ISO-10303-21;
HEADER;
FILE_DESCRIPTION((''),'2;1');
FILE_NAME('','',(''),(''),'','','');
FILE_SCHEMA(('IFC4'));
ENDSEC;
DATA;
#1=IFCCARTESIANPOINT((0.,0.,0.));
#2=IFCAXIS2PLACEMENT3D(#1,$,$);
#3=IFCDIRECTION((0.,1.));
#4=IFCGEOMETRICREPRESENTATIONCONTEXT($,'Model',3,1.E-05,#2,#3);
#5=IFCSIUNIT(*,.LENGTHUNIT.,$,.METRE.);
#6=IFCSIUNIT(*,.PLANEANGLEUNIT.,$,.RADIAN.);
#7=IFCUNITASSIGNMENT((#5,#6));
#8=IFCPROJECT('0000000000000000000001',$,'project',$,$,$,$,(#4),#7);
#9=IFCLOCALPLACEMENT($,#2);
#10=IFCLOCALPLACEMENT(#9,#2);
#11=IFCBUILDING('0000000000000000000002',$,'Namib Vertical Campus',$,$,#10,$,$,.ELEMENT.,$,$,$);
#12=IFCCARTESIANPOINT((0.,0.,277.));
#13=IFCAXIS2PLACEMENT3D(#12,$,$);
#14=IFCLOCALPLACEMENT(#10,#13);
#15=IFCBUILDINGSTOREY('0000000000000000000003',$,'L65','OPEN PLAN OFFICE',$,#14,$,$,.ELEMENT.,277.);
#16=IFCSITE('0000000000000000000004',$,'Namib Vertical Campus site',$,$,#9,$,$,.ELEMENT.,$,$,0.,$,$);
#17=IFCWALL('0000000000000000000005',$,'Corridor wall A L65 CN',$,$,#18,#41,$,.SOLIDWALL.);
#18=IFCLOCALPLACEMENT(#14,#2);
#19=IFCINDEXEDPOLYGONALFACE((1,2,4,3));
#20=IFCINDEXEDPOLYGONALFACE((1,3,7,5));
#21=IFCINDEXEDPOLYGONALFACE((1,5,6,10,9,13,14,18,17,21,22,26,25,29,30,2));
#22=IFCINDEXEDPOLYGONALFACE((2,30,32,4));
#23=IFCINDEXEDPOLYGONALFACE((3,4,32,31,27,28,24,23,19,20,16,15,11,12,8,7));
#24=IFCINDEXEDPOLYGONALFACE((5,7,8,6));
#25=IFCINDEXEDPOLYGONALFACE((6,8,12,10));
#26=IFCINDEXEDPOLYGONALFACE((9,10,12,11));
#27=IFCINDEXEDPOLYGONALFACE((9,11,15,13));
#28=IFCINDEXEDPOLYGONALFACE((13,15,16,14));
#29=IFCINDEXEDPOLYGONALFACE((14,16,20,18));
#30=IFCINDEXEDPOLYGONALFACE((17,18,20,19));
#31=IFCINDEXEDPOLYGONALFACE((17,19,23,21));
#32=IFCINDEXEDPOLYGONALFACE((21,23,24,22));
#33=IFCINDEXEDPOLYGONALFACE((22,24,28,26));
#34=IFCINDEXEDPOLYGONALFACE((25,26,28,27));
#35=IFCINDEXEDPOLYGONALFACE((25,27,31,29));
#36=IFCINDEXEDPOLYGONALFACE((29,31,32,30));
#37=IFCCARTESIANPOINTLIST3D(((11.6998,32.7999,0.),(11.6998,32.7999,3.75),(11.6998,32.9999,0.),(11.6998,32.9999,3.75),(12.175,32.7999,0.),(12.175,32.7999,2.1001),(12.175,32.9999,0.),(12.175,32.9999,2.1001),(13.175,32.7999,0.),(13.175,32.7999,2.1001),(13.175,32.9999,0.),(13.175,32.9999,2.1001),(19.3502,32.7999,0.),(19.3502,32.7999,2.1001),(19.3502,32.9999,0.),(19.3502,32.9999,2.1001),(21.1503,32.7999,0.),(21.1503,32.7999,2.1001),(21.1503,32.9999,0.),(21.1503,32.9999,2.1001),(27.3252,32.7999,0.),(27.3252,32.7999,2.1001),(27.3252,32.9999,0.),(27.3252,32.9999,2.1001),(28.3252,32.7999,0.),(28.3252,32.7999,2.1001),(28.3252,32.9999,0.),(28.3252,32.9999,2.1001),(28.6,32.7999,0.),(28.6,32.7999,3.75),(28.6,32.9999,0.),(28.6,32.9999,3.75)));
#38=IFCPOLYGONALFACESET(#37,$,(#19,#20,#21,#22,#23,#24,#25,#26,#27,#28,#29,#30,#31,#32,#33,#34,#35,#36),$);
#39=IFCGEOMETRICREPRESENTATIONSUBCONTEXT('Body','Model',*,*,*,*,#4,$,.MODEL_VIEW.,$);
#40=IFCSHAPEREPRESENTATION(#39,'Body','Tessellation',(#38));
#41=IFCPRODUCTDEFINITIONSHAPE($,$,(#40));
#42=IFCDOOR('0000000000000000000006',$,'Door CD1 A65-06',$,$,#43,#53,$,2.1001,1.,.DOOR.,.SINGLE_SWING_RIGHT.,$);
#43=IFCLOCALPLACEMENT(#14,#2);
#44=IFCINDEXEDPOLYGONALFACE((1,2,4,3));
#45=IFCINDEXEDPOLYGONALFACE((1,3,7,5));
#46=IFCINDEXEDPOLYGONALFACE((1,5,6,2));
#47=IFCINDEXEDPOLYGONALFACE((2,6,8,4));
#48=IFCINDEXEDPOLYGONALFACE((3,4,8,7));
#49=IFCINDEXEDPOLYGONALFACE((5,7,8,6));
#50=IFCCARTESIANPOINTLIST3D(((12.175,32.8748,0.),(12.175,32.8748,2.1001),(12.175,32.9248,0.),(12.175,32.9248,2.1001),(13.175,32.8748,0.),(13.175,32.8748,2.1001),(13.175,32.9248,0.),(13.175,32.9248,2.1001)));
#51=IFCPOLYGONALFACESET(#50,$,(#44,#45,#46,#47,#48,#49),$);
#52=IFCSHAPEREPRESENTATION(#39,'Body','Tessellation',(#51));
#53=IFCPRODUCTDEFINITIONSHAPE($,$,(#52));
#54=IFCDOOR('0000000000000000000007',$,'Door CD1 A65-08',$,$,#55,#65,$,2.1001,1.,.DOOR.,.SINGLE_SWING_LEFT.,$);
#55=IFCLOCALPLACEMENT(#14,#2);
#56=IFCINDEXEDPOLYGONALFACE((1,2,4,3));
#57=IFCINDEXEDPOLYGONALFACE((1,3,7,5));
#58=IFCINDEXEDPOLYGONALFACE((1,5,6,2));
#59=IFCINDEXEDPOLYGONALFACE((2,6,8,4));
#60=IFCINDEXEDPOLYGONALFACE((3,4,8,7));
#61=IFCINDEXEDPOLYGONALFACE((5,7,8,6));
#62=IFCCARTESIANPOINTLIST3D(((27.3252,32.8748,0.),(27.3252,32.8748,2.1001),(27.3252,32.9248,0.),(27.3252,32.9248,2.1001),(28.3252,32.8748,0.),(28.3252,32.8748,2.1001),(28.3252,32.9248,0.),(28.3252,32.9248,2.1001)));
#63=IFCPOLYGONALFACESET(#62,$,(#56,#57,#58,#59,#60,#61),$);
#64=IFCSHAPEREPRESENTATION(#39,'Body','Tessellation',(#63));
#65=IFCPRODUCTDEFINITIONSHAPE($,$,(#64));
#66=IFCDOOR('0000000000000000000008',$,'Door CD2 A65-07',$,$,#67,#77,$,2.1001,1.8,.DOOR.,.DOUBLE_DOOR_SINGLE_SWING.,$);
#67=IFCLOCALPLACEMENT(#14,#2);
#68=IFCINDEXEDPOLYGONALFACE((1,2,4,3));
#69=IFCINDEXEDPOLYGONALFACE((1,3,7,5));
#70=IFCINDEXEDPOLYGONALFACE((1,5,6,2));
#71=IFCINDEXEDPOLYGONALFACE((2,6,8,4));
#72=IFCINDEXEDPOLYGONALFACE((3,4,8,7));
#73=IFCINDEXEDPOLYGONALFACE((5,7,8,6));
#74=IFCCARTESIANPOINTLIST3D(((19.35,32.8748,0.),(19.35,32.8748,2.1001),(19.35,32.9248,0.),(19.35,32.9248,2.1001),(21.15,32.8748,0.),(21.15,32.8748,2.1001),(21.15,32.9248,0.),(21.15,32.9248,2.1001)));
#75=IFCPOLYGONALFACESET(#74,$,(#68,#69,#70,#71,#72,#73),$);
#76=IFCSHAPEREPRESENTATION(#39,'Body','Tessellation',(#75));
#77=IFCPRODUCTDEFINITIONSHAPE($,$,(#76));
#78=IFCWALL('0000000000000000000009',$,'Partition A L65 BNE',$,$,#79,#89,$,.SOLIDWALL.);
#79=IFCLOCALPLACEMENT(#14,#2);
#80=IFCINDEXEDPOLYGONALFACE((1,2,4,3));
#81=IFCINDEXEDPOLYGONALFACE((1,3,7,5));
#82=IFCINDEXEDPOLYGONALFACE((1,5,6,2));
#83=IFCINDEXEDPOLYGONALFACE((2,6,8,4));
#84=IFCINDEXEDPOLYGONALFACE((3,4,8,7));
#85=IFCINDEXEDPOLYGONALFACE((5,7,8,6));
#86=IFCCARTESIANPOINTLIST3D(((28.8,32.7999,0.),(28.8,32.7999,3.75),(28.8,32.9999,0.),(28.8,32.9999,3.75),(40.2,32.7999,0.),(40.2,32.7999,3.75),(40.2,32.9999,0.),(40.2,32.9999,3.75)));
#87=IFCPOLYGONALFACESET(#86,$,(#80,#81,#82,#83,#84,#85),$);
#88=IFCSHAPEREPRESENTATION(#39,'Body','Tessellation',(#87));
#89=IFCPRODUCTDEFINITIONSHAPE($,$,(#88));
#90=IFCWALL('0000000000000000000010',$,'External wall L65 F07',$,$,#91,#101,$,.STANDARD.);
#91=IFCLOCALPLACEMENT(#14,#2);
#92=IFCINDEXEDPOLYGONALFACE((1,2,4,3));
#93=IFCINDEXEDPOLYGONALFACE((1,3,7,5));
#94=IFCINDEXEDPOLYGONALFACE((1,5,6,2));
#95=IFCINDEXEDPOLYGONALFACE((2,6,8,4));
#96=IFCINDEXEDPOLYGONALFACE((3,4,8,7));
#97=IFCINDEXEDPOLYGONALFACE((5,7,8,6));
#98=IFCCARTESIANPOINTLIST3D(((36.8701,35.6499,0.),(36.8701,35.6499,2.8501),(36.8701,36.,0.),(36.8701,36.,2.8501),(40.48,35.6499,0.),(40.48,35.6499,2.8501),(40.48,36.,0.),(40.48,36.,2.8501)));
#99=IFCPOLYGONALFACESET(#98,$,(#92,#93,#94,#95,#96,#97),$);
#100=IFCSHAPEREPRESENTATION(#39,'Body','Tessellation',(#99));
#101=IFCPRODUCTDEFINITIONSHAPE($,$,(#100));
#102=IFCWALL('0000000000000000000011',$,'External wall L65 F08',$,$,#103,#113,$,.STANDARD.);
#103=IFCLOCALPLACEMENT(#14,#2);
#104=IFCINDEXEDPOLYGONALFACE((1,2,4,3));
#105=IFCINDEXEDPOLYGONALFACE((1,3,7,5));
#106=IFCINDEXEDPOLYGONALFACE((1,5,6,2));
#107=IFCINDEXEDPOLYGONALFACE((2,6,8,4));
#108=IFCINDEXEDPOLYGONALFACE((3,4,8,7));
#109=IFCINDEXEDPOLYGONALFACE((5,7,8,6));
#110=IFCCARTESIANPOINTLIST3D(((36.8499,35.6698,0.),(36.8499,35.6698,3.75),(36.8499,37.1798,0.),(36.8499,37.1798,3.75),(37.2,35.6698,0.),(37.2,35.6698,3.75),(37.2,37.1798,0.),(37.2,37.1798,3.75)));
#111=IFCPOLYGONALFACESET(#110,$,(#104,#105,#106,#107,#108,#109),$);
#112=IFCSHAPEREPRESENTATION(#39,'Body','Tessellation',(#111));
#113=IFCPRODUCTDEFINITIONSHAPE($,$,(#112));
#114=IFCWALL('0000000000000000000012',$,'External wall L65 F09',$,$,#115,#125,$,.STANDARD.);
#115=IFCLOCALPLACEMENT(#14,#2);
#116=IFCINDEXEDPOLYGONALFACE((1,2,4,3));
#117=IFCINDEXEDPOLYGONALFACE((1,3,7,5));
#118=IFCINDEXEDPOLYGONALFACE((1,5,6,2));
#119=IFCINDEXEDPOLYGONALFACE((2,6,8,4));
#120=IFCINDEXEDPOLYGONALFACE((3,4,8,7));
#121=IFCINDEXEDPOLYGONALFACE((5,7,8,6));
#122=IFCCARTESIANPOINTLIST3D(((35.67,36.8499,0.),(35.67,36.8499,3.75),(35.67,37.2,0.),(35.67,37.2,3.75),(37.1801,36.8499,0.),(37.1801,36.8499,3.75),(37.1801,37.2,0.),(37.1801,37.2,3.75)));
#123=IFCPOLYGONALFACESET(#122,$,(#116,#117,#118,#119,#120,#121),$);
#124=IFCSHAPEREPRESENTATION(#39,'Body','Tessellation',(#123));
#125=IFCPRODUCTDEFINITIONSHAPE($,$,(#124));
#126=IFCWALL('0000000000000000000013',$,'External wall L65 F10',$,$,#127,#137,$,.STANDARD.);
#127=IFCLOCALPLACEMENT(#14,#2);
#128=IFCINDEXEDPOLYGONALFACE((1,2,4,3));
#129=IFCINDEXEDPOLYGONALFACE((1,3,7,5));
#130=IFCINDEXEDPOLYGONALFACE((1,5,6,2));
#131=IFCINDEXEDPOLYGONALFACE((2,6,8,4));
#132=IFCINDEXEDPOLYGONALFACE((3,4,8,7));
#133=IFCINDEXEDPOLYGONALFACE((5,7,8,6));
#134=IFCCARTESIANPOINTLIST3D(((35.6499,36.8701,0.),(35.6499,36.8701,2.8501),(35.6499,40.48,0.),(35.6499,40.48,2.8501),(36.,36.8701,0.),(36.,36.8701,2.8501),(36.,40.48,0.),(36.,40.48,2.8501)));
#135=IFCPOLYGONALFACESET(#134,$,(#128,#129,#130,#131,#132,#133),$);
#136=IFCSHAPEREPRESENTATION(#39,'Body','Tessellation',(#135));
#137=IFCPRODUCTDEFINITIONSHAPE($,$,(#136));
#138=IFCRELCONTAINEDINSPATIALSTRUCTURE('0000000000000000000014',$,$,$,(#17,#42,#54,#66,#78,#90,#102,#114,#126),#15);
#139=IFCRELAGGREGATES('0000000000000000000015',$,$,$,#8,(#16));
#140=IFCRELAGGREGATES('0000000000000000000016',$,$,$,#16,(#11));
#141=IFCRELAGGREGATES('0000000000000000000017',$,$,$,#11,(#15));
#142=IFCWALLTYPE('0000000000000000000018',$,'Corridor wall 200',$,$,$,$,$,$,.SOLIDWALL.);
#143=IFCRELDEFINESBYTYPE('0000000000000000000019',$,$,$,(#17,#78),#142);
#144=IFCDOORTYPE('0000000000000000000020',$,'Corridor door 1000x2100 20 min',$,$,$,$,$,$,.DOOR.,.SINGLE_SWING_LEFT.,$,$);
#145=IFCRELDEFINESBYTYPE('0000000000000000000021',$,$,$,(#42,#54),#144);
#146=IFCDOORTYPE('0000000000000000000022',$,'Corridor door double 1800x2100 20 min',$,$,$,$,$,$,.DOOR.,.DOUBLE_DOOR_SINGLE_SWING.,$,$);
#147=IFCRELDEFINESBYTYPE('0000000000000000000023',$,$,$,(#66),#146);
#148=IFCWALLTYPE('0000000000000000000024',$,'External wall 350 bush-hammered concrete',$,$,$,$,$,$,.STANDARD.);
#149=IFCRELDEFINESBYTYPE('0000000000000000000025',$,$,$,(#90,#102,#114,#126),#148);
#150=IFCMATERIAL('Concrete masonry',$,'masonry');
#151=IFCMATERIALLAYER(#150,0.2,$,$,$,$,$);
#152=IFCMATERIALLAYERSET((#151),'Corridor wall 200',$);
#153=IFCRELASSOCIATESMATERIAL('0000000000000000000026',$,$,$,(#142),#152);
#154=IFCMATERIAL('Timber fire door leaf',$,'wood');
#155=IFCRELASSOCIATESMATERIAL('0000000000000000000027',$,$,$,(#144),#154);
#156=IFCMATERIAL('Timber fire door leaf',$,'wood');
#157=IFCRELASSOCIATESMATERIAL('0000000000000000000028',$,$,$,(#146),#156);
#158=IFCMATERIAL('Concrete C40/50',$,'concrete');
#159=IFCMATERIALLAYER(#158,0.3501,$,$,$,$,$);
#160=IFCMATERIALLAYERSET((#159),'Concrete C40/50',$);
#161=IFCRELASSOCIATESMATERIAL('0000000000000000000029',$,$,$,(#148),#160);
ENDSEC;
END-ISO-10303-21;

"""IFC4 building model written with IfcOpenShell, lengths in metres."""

from ifc_helpers import new_model, si_unit, direction, frame, frame_2d, origin, place, context, subcontext, project, spatial, rectangle, extrude, material, layer, layer_set, type_object, element, fill, save


model = new_model("IFC4")

# Units and contexts
model_context = context("Model", 3, precision=1e-05, world=origin(), true_north=direction((0.0, 1.0)))
body_context = subcontext(model_context, "Body", "Model", "MODEL_VIEW")
ifc_project = project(units=[si_unit("LENGTHUNIT", "METRE"), si_unit("PLANEANGLEUNIT", "RADIAN")], contexts=[model_context])

# Site, building, storey
site_placement = place(None, origin())
site = spatial("IfcSite", under=ifc_project, at=site_placement, Name="Namib Vertical Campus site", CompositionType="ELEMENT", RefElevation=0.0)
building_placement = place(site_placement, origin())
building = spatial("IfcBuilding", under=site, at=building_placement, Name="Namib Vertical Campus", CompositionType="ELEMENT")
storey_placement = place(building_placement, frame((0.0, 0.0, 277.0)))
storey = spatial("IfcBuildingStorey", under=building, at=storey_placement, Name="L65", Description="OPEN PLAN OFFICE", CompositionType="ELEMENT", Elevation=277.0)

# Wall, openings, doors
ifc_material_1 = material(Name="Concrete masonry", Category="masonry")
ifc_layer_1 = layer(ifc_material_1, 0.2)
ifc_layer_set_1 = layer_set([ifc_layer_1], Name="Corridor wall 200")
wall_type_1 = type_object("IfcWallType", Name="Corridor wall 200", PredefinedType="SOLIDWALL", material=ifc_layer_set_1)
wall_1_placement = place(storey_placement, frame((28.6001, 32.8999, 0.0), z_axis=(0.0, 0.0, 1.0), x_axis=(-1.0, 0.0, 0.0)))
wall_1 = element("IfcWall", 1, at=wall_1_placement, inside=storey, type_object=wall_type_1, Name="Corridor wall A L65 CN", PredefinedType="SOLIDWALL", context=body_context, shape_type="SweptSolid", body=[
    extrude(rectangle(XDim=16.9001, YDim=0.2, at=frame_2d((8.4502, 0.0))), origin(), (0.0, 0.0, 1.0), 3.75),
])
opening_1_placement = place(wall_1_placement, frame((15.425, 0.0, 0.0)))
opening_1 = element("IfcOpeningElement", 2, at=opening_1_placement, cuts=wall_1, PredefinedType="OPENING", context=body_context, shape_type="SweptSolid", body=[
    extrude(rectangle(XDim=1.0, YDim=2.1001, at=frame_2d((0.5, 1.05))), frame((0.0, 0.1099, 0.0), z_axis=(0.0, -1.0, 0.0), x_axis=(1.0, 0.0, 0.0)), (0.0, 0.0, 1.0), 0.22),
])
opening_2_placement = place(wall_1_placement, frame((7.45, 0.0, 0.0)))
opening_2 = element("IfcOpeningElement", 3, at=opening_2_placement, cuts=wall_1, PredefinedType="OPENING", context=body_context, shape_type="SweptSolid", body=[
    extrude(rectangle(XDim=1.8, YDim=2.1001, at=frame_2d((0.8999, 1.05))), frame((0.0, 0.1099, 0.0), z_axis=(0.0, -1.0, 0.0), x_axis=(1.0, 0.0, 0.0)), (0.0, 0.0, 1.0), 0.22),
])
opening_3_placement = place(wall_1_placement, frame((0.2749, 0.0, 0.0)))
opening_3 = element("IfcOpeningElement", 4, at=opening_3_placement, cuts=wall_1, PredefinedType="OPENING", context=body_context, shape_type="SweptSolid", body=[
    extrude(rectangle(XDim=1.0, YDim=2.1001, at=frame_2d((0.5, 1.05))), frame((0.0, 0.1099, 0.0), z_axis=(0.0, -1.0, 0.0), x_axis=(1.0, 0.0, 0.0)), (0.0, 0.0, 1.0), 0.22),
])
ifc_material_2 = material(Name="Timber fire door leaf", Category="wood")
door_type_1 = type_object("IfcDoorType", Name="Corridor door 1000x2100 20 min", OperationType="SINGLE_SWING_LEFT", PredefinedType="DOOR", material=ifc_material_2)
door_1_placement = place(opening_1_placement, frame((1.0, 0.0, 0.0), z_axis=(0.0, 0.0, 1.0), x_axis=(-1.0, 0.0, 0.0)))
door_1 = element("IfcDoor", 5, at=door_1_placement, inside=storey, type_object=door_type_1, Name="Door CD1 A65-06", OperationType="SINGLE_SWING_RIGHT", OverallHeight=2.1001, OverallWidth=1.0, PredefinedType="DOOR", context=body_context, shape_type="SweptSolid", body=[
    extrude(rectangle(XDim=1.0, YDim=2.1001, at=frame_2d((0.5, 1.05))), frame((0.0, 0.0249, 0.0), z_axis=(0.0, -1.0, 0.0), x_axis=(1.0, 0.0, 0.0)), (0.0, 0.0, 1.0), 0.05),
])
fill(opening_1, door_1)
door_2_placement = place(opening_3_placement, frame((1.0, 0.0, 0.0), z_axis=(0.0, 0.0, 1.0), x_axis=(-1.0, 0.0, 0.0)))
door_2 = element("IfcDoor", 6, at=door_2_placement, inside=storey, type_object=door_type_1, Name="Door CD1 A65-08", OperationType="SINGLE_SWING_LEFT", OverallHeight=2.1001, OverallWidth=1.0, PredefinedType="DOOR", context=body_context, shape_type="SweptSolid", body=[
    extrude(rectangle(XDim=1.0, YDim=2.1001, at=frame_2d((0.5, 1.05))), frame((0.0, 0.0249, 0.0), z_axis=(0.0, -1.0, 0.0), x_axis=(1.0, 0.0, 0.0)), (0.0, 0.0, 1.0), 0.05),
])
fill(opening_3, door_2)
ifc_material_3 = material(Name="Timber fire door leaf", Category="wood")
door_type_2 = type_object("IfcDoorType", Name="Corridor door double 1800x2100 20 min", OperationType="DOUBLE_DOOR_SINGLE_SWING", PredefinedType="DOOR", material=ifc_material_3)
door_3_placement = place(opening_2_placement, frame((1.8, 0.0, 0.0), z_axis=(0.0, 0.0, 1.0), x_axis=(-1.0, 0.0, 0.0)))
door_3 = element("IfcDoor", 7, at=door_3_placement, inside=storey, type_object=door_type_2, Name="Door CD2 A65-07", OperationType="DOUBLE_DOOR_SINGLE_SWING", OverallHeight=2.1001, OverallWidth=1.8, PredefinedType="DOOR", context=body_context, shape_type="SweptSolid", body=[
    extrude(rectangle(XDim=1.8, YDim=2.1001, at=frame_2d((0.8999, 1.05))), frame((0.0, 0.0249, 0.0), z_axis=(0.0, -1.0, 0.0), x_axis=(1.0, 0.0, 0.0)), (0.0, 0.0, 1.0), 0.05),
])
fill(opening_2, door_3)

# Walls
wall_2_placement = place(storey_placement, frame((28.8, 32.8999, 0.0), z_axis=(0.0, 0.0, 1.0), x_axis=(1.0, 0.0, 0.0)))
element("IfcWall", 8, at=wall_2_placement, inside=storey, type_object=wall_type_1, Name="Partition A L65 BNE", PredefinedType="SOLIDWALL", context=body_context, shape_type="SweptSolid", body=[
    extrude(rectangle(XDim=11.3999, YDim=0.2, at=frame_2d((5.7, 0.0))), origin(), (0.0, 0.0, 1.0), 3.75),
])
ifc_material_4 = material(Name="Concrete C40/50", Category="concrete")
ifc_layer_2 = layer(ifc_material_4, 0.3501)
ifc_layer_set_2 = layer_set([ifc_layer_2], Name="Concrete C40/50")
wall_type_2 = type_object("IfcWallType", Name="External wall 350 bush-hammered concrete", PredefinedType="STANDARD", material=ifc_layer_set_2)
wall_3_placement = place(storey_placement, frame((40.48, 35.825, 0.0), z_axis=(0.0, 0.0, 1.0), x_axis=(-1.0, 0.0, 0.0)))
element("IfcWall", 9, at=wall_3_placement, inside=storey, type_object=wall_type_2, Name="External wall L65 F07", PredefinedType="STANDARD", context=body_context, shape_type="SweptSolid", body=[
    extrude(rectangle(XDim=3.6099, YDim=0.3501, at=frame_2d((1.8049, 0.0))), origin(), (0.0, 0.0, 1.0), 2.8501),
])
for number, where, z_axis, x_axis, name in (
    (10, (37.0249, 35.6699, 0.0), (0.0, 0.0, 1.0), (0.0, 1.0, 0.0), "External wall L65 F08"),
    (11, (37.1799, 37.0249, 0.0), (0.0, 0.0, 1.0), (-1.0, 0.0, 0.0), "External wall L65 F09"),
):
    element("IfcWall", number, at=place(storey_placement, frame(where, z_axis=z_axis, x_axis=x_axis)), inside=storey, type_object=wall_type_2, Name=name, PredefinedType="STANDARD", context=body_context, shape_type="SweptSolid", body=[
        extrude(rectangle(XDim=1.51, YDim=0.3501, at=frame_2d((0.7549, 0.0))), origin(), (0.0, 0.0, 1.0), 3.75),
    ])
wall_4_placement = place(storey_placement, frame((35.825, 36.8701, 0.0), z_axis=(0.0, 0.0, 1.0), x_axis=(0.0, 1.0, 0.0)))
element("IfcWall", 12, at=wall_4_placement, inside=storey, type_object=wall_type_2, Name="External wall L65 F10", PredefinedType="STANDARD", context=body_context, shape_type="SweptSolid", body=[
    extrude(rectangle(XDim=3.6099, YDim=0.3501, at=frame_2d((1.8049, 0.0))), origin(), (0.0, 0.0, 1.0), 2.8501),
])

save(model, "model.ifc")
